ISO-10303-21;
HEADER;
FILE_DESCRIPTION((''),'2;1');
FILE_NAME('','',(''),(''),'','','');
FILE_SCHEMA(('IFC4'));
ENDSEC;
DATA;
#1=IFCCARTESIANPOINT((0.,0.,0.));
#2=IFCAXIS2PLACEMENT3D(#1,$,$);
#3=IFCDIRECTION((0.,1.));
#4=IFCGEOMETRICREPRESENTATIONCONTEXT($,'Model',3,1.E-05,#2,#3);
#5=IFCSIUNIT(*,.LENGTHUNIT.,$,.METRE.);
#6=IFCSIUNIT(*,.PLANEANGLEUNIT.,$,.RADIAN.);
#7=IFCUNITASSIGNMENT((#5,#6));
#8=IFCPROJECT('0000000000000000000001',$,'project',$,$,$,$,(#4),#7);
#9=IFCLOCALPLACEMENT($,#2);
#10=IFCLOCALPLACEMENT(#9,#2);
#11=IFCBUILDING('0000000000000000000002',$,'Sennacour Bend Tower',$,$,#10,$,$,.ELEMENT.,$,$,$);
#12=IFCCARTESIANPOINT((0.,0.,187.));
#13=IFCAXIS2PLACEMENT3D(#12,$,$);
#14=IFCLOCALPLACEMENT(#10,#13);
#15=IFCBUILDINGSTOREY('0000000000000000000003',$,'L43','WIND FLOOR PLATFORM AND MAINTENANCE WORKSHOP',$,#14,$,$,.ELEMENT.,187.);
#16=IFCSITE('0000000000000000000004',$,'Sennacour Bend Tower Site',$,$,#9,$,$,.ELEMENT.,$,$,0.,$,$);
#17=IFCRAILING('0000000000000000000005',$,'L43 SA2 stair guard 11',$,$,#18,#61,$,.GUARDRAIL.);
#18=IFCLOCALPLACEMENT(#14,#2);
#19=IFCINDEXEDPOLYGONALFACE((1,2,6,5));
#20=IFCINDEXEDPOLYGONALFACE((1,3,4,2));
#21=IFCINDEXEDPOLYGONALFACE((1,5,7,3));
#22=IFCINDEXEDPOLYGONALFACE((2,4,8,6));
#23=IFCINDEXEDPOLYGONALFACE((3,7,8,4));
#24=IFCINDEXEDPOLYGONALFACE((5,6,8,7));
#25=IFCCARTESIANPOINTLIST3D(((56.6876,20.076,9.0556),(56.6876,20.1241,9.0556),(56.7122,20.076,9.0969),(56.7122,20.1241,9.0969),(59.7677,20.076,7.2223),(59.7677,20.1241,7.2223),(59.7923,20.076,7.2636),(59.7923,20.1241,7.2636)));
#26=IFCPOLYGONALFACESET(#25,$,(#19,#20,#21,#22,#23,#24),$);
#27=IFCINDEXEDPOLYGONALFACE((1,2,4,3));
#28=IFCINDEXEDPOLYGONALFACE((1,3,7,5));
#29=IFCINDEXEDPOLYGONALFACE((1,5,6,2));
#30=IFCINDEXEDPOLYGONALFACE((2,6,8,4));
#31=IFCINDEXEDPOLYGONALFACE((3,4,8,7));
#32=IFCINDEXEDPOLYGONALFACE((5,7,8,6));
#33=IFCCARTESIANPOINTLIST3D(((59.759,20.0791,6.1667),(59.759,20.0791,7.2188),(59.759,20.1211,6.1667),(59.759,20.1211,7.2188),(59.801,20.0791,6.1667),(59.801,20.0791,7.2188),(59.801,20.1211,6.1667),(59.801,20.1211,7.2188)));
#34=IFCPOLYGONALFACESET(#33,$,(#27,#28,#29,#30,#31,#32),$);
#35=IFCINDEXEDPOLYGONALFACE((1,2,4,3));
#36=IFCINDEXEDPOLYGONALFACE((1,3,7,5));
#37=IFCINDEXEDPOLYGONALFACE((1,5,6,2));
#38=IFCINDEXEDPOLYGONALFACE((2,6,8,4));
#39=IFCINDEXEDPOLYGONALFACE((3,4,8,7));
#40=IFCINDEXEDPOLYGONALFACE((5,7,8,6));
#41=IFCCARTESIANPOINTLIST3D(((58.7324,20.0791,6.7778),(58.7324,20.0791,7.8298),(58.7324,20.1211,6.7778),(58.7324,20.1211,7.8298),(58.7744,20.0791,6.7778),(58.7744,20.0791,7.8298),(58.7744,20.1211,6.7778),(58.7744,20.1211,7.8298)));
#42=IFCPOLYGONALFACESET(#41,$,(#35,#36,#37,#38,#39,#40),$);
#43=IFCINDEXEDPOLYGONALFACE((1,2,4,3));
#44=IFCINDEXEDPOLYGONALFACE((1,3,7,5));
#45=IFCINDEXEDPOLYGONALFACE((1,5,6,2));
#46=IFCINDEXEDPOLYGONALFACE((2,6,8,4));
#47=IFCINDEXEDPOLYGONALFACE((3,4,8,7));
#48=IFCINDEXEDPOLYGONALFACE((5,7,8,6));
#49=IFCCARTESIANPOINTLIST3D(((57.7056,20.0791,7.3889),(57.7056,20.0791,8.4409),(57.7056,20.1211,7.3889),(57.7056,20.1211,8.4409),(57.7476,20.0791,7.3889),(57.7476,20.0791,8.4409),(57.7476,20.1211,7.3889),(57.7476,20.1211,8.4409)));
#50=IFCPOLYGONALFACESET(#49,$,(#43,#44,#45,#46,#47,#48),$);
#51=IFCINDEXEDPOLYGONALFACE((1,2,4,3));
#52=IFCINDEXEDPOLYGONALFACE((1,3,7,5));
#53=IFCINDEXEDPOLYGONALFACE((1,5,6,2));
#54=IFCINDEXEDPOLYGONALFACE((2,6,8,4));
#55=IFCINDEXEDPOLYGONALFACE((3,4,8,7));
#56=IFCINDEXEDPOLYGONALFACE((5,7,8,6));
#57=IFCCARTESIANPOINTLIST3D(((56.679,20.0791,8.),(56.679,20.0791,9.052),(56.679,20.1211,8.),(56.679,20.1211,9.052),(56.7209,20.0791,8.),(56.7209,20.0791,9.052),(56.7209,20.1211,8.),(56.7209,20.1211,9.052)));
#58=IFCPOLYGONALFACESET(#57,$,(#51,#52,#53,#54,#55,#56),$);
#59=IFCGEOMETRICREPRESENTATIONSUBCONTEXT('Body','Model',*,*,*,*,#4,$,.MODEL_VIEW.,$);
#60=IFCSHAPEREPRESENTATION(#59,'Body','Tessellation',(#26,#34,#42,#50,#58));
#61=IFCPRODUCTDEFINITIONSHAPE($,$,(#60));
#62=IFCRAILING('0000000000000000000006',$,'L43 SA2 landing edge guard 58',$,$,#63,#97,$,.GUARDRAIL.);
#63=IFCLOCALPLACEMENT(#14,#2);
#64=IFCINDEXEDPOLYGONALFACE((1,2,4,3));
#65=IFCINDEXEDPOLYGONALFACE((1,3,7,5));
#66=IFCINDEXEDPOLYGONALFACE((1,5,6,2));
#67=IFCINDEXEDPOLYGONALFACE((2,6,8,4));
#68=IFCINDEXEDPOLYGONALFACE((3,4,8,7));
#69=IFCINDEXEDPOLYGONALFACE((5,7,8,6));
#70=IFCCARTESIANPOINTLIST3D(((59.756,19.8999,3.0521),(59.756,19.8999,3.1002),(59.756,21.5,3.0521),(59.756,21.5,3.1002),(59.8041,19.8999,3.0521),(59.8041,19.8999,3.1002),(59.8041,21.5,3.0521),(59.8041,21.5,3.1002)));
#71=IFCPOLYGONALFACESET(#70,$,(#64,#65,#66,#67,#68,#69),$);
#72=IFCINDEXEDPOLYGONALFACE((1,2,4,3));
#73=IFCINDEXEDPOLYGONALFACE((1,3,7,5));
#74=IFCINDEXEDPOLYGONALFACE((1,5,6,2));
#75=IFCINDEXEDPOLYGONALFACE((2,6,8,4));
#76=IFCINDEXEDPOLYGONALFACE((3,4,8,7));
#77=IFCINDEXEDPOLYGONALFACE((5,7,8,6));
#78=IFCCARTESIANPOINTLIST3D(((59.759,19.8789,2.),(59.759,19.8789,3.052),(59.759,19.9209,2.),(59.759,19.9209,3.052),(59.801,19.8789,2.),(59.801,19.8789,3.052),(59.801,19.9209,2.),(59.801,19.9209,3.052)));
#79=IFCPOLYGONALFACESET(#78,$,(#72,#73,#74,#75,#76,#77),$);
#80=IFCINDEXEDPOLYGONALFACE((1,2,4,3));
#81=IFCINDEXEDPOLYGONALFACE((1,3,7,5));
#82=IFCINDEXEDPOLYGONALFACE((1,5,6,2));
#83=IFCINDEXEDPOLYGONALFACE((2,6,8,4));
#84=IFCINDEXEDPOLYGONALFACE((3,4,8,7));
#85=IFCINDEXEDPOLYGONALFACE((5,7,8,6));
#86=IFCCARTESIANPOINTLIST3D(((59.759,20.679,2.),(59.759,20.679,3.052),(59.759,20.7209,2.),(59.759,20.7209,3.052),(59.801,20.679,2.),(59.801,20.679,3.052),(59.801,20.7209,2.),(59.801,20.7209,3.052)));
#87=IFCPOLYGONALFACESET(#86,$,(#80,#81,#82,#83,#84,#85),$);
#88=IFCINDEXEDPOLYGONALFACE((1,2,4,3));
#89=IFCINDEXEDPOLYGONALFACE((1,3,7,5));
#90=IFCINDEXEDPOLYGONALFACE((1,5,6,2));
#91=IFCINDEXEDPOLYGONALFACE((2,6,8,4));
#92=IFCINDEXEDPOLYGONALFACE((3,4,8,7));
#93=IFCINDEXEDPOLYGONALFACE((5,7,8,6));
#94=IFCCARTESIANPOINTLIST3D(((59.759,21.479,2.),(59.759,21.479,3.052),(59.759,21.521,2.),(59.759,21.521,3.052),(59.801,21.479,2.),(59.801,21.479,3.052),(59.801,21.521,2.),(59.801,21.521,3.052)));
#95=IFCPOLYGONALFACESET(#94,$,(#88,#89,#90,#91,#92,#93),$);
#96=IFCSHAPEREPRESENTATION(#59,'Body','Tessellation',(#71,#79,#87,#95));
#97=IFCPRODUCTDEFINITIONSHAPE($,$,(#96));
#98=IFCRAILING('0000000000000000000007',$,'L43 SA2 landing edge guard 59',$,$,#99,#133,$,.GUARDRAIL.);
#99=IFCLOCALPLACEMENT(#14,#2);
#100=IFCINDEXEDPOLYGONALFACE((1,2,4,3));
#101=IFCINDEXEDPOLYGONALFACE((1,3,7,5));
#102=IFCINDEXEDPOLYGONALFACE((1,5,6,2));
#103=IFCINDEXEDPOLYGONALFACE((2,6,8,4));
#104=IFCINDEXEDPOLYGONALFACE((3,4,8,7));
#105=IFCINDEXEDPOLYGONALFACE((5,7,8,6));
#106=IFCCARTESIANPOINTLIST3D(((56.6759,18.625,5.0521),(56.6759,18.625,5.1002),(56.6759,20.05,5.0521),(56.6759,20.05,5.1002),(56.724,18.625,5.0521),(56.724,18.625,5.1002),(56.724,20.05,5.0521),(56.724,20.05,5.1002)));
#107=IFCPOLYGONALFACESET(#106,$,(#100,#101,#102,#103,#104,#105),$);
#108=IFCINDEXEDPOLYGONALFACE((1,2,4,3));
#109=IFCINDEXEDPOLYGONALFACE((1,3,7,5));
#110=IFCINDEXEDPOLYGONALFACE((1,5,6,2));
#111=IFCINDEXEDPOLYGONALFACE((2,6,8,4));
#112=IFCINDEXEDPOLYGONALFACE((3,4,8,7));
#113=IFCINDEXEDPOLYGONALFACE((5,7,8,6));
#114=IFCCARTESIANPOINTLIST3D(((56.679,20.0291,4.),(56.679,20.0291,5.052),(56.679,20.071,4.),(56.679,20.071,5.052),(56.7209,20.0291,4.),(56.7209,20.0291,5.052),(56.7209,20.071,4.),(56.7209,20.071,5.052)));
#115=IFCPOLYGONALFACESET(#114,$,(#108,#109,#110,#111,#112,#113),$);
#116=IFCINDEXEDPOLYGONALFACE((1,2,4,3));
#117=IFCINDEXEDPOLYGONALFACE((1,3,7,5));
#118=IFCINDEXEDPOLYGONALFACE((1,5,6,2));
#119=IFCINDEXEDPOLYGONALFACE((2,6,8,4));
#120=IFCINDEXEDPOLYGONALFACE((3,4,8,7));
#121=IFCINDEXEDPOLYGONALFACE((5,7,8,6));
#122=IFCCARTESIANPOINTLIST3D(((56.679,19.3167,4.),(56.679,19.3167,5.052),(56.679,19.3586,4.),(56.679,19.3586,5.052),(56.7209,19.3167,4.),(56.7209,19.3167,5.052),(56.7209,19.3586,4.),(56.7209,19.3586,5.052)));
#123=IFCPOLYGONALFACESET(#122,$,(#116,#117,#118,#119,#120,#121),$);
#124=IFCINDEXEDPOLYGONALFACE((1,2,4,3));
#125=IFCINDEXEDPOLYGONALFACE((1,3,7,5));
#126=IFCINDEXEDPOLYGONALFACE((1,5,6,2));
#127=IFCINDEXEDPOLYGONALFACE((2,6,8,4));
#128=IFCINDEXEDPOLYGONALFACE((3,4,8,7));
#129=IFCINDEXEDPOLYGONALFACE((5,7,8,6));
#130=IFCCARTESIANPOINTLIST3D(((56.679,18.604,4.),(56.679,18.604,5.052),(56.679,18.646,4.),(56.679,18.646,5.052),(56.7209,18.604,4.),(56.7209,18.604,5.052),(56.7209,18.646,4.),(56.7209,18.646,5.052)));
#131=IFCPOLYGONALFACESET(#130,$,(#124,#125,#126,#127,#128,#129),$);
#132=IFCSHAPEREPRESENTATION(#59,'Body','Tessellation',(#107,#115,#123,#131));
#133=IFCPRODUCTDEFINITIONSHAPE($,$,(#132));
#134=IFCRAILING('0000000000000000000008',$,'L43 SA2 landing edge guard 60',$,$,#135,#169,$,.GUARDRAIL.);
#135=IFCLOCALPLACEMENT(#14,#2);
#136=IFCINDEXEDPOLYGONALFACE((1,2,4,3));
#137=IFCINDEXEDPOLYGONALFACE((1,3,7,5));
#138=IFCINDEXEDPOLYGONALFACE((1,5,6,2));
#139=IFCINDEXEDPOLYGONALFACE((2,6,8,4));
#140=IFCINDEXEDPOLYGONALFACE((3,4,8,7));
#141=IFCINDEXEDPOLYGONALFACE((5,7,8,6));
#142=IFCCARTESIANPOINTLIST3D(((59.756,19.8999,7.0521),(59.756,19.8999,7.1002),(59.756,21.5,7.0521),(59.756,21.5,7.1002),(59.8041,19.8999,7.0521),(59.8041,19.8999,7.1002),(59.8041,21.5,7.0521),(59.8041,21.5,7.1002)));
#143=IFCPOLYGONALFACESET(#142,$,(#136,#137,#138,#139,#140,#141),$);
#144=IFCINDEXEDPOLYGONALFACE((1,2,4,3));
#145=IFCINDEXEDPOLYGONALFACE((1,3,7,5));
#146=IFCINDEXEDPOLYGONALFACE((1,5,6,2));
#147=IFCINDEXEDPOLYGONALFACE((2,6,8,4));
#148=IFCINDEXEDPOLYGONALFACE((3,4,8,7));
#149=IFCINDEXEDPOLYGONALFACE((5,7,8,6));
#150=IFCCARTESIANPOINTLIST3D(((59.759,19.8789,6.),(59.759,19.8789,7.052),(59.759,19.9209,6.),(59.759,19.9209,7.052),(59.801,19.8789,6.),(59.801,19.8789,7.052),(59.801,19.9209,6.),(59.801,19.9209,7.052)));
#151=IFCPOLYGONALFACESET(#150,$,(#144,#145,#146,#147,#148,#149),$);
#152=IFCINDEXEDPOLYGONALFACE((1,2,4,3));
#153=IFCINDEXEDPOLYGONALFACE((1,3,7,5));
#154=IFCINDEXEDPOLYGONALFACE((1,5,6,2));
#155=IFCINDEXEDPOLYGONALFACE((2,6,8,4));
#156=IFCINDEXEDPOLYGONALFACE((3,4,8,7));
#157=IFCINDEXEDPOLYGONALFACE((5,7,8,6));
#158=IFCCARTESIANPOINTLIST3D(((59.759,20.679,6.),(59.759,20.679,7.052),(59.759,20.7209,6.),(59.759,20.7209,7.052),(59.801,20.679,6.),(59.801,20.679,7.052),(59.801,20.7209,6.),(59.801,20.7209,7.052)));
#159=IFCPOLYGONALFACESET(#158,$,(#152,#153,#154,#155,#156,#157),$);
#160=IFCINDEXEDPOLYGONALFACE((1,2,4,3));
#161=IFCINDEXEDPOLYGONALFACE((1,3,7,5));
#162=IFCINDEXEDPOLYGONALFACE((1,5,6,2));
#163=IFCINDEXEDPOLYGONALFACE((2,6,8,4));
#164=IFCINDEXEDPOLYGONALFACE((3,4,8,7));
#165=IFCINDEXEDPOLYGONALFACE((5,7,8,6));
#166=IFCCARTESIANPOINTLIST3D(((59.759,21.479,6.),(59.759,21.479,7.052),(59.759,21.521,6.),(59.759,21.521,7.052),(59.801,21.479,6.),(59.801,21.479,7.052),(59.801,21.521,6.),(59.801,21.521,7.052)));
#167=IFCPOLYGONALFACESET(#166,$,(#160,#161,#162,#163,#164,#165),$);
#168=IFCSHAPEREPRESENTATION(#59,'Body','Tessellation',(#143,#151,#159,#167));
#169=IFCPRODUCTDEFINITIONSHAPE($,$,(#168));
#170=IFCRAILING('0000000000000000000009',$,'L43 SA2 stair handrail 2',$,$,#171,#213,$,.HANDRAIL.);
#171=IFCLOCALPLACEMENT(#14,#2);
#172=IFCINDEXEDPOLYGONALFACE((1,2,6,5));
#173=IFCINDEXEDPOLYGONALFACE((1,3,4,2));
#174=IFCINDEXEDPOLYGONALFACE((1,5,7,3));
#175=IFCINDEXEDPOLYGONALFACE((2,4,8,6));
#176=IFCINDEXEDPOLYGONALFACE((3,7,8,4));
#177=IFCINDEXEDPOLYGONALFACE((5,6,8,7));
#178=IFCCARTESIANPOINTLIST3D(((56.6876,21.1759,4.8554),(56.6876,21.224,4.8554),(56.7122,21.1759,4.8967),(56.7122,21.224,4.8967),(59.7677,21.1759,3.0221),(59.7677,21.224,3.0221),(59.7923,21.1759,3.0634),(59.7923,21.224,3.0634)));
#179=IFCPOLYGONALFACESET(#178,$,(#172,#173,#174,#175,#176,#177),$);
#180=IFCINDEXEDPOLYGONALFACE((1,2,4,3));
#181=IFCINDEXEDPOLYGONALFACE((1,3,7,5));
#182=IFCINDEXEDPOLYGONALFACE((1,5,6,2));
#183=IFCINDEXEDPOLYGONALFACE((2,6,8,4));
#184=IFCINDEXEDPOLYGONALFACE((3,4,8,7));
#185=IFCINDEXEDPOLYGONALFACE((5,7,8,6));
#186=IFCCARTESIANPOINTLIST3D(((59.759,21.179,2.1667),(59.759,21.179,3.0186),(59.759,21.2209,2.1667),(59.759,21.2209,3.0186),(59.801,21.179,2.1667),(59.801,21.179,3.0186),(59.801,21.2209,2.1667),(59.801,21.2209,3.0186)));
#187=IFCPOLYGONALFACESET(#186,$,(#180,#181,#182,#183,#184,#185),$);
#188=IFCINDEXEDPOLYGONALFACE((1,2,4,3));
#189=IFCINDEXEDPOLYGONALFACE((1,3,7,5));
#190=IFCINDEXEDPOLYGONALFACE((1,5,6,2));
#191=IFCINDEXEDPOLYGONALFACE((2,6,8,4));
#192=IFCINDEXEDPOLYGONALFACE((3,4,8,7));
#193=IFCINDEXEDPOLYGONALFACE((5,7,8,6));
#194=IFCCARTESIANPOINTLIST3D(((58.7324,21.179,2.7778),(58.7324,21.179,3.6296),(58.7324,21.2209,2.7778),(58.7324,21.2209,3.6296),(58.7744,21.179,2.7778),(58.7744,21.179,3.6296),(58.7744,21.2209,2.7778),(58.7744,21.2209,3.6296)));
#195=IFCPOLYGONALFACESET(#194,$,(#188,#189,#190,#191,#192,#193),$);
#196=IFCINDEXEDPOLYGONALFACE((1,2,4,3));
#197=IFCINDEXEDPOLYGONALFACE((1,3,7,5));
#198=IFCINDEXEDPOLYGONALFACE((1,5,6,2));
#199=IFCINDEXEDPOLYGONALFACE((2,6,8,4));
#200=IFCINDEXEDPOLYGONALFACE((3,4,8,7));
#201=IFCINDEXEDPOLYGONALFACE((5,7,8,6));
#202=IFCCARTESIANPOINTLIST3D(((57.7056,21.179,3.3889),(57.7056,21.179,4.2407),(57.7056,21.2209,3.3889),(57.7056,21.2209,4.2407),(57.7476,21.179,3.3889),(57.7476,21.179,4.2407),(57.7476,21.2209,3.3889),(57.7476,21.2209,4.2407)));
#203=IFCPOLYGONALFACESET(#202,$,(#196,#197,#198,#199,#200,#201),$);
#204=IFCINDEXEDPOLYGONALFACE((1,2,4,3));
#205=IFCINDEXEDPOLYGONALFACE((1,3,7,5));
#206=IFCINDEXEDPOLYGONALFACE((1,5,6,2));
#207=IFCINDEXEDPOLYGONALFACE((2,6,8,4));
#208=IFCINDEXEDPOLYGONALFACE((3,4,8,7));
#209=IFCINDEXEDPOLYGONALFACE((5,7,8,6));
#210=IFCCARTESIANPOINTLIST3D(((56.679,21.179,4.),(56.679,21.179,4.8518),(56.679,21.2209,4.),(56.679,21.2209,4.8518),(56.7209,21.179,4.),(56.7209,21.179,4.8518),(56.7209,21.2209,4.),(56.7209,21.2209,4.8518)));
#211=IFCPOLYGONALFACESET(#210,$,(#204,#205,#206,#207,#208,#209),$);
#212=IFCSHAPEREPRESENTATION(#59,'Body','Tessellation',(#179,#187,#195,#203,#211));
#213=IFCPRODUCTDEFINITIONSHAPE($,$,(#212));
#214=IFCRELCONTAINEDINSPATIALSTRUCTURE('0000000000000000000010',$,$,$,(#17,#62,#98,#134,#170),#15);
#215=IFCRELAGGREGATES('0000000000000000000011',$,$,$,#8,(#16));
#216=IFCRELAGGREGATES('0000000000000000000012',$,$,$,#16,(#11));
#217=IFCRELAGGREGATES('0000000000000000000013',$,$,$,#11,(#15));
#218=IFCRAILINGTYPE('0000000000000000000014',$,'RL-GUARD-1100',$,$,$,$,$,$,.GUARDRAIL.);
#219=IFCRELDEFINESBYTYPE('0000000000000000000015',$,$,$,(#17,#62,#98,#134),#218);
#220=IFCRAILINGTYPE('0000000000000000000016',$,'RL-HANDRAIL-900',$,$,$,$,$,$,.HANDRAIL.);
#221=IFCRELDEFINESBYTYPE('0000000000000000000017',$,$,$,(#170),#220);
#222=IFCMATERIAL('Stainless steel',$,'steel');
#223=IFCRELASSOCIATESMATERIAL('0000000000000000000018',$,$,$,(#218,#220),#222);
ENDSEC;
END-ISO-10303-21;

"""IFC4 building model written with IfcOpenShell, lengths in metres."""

from ifc_helpers import new_model, si_unit, direction, frame, origin, origin_2d, place, context, subcontext, project, spatial, rectangle, extrude, material, type_object, element, save


model = new_model("IFC4")

# Units and contexts
model_context = context("Model", 3, precision=1e-05, world=origin(), true_north=direction((0.0, 1.0)))
body_context = subcontext(model_context, "Body", "Model", "MODEL_VIEW")
ifc_project = project(units=[si_unit("LENGTHUNIT", "METRE"), si_unit("PLANEANGLEUNIT", "RADIAN")], contexts=[model_context])

# Site, building, storey
site_placement = place(None, origin())
site = spatial("IfcSite", under=ifc_project, at=site_placement, Name="Sennacour Bend Tower Site", CompositionType="ELEMENT", RefElevation=0.0)
building_placement = place(site_placement, origin())
building = spatial("IfcBuilding", under=site, at=building_placement, Name="Sennacour Bend Tower", CompositionType="ELEMENT")
storey_placement = place(building_placement, frame((0.0, 0.0, 187.0)))
storey = spatial("IfcBuildingStorey", under=building, at=storey_placement, Name="L43", Description="WIND FLOOR PLATFORM AND MAINTENANCE WORKSHOP", CompositionType="ELEMENT", Elevation=187.0)

# Railings
ifc_material_1 = material(Name="Stainless steel", Category="steel")
railing_type_1 = type_object("IfcRailingType", Name="RL-GUARD-1100", PredefinedType="GUARDRAIL", material=ifc_material_1)
railing_1_placement = place(storey_placement, frame((59.78, 20.1001, 6.1667)))
element("IfcRailing", 1, at=railing_1_placement, inside=storey, type_object=railing_type_1, Name="L43 SA2 stair guard 11", PredefinedType="GUARDRAIL", context=body_context, shape_type="SweptSolid", body=[
    extrude(rectangle(XDim=0.0481, YDim=0.0481, at=origin_2d()), frame((0.0, 0.0, 1.0762), z_axis=(-0.859309, 0.0, 0.511458), x_axis=(0.0, -1.0, 0.0)), (0.0, 0.0, 1.0), 3.5845),
    extrude(rectangle(XDim=0.042, YDim=0.042, at=origin_2d()), origin(), (0.0, 0.0, 1.0), 1.052),
    extrude(rectangle(XDim=0.042, YDim=0.042, at=origin_2d()), frame((-1.0266, 0.0, 0.6111)), (0.0, 0.0, 1.0), 1.052),
    extrude(rectangle(XDim=0.042, YDim=0.042, at=origin_2d()), frame((-2.0535, 0.0, 1.2222)), (0.0, 0.0, 1.0), 1.052),
    extrude(rectangle(XDim=0.042, YDim=0.042, at=origin_2d()), frame((-3.0801, 0.0, 1.8333)), (0.0, 0.0, 1.0), 1.052),
])
railing_2_placement = place(storey_placement, frame((59.78, 19.8999, 2.0)))
element("IfcRailing", 2, at=railing_2_placement, inside=storey, type_object=railing_type_1, Name="L43 SA2 landing edge guard 58", PredefinedType="GUARDRAIL", context=body_context, shape_type="SweptSolid", body=[
    extrude(rectangle(XDim=0.0481, YDim=0.0481, at=origin_2d()), frame((0.0, 0.0, 1.0762), z_axis=(0.0, 1.0, 0.0), x_axis=(-1.0, 0.0, 0.0)), (0.0, 0.0, 1.0), 1.6001),
    extrude(rectangle(XDim=0.042, YDim=0.042, at=origin_2d()), origin(), (0.0, 0.0, 1.0), 1.052),
    extrude(rectangle(XDim=0.042, YDim=0.042, at=origin_2d()), frame((0.0, 0.8, 0.0)), (0.0, 0.0, 1.0), 1.052),
    extrude(rectangle(XDim=0.042, YDim=0.042, at=origin_2d()), frame((0.0, 1.6001, 0.0)), (0.0, 0.0, 1.0), 1.052),
])
railing_3_placement = place(storey_placement, frame((56.7, 20.05, 4.0)))
element("IfcRailing", 3, at=railing_3_placement, inside=storey, type_object=railing_type_1, Name="L43 SA2 landing edge guard 59", PredefinedType="GUARDRAIL", context=body_context, shape_type="SweptSolid", body=[
    extrude(rectangle(XDim=0.0481, YDim=0.0481, at=origin_2d()), frame((0.0, 0.0, 1.0762), z_axis=(0.0, -1.0, 0.0), x_axis=(1.0, 0.0, 0.0)), (0.0, 0.0, 1.0), 1.425),
    extrude(rectangle(XDim=0.042, YDim=0.042, at=origin_2d()), origin(), (0.0, 0.0, 1.0), 1.052),
    extrude(rectangle(XDim=0.042, YDim=0.042, at=origin_2d()), frame((0.0, -0.7124, 0.0)), (0.0, 0.0, 1.0), 1.052),
    extrude(rectangle(XDim=0.042, YDim=0.042, at=origin_2d()), frame((0.0, -1.425, 0.0)), (0.0, 0.0, 1.0), 1.052),
])
railing_4_placement = place(storey_placement, frame((59.78, 19.8999, 6.0)))
element("IfcRailing", 4, at=railing_4_placement, inside=storey, type_object=railing_type_1, Name="L43 SA2 landing edge guard 60", PredefinedType="GUARDRAIL", context=body_context, shape_type="SweptSolid", body=[
    extrude(rectangle(XDim=0.0481, YDim=0.0481, at=origin_2d()), frame((0.0, 0.0, 1.0762), z_axis=(0.0, 1.0, 0.0), x_axis=(-1.0, 0.0, 0.0)), (0.0, 0.0, 1.0), 1.6001),
    extrude(rectangle(XDim=0.042, YDim=0.042, at=origin_2d()), origin(), (0.0, 0.0, 1.0), 1.052),
    extrude(rectangle(XDim=0.042, YDim=0.042, at=origin_2d()), frame((0.0, 0.8, 0.0)), (0.0, 0.0, 1.0), 1.052),
    extrude(rectangle(XDim=0.042, YDim=0.042, at=origin_2d()), frame((0.0, 1.6001, 0.0)), (0.0, 0.0, 1.0), 1.052),
])
railing_type_2 = type_object("IfcRailingType", Name="RL-HANDRAIL-900", PredefinedType="HANDRAIL", material=ifc_material_1)
for number, where, name in (
    (5, (59.78, 21.2, 2.1667), "L43 SA2 stair handrail 2"),
):
    element("IfcRailing", number, at=place(storey_placement, frame(where)), inside=storey, type_object=railing_type_2, Name=name, PredefinedType="HANDRAIL", context=body_context, shape_type="SweptSolid", body=[
        extrude(rectangle(XDim=0.0481, YDim=0.0481, at=origin_2d()), frame((0.0, 0.0, 0.876), z_axis=(-0.859309, 0.0, 0.511458), x_axis=(0.0, -1.0, 0.0)), (0.0, 0.0, 1.0), 3.5845),
        extrude(rectangle(XDim=0.042, YDim=0.042, at=origin_2d()), origin(), (0.0, 0.0, 1.0), 0.8518),
        extrude(rectangle(XDim=0.042, YDim=0.042, at=origin_2d()), frame((-1.0266, 0.0, 0.6111)), (0.0, 0.0, 1.0), 0.8518),
        extrude(rectangle(XDim=0.042, YDim=0.042, at=origin_2d()), frame((-2.0535, 0.0, 1.2222)), (0.0, 0.0, 1.0), 0.8518),
        extrude(rectangle(XDim=0.042, YDim=0.042, at=origin_2d()), frame((-3.0801, 0.0, 1.8333)), (0.0, 0.0, 1.0), 0.8518),
    ])

save(model, "model.ifc")
